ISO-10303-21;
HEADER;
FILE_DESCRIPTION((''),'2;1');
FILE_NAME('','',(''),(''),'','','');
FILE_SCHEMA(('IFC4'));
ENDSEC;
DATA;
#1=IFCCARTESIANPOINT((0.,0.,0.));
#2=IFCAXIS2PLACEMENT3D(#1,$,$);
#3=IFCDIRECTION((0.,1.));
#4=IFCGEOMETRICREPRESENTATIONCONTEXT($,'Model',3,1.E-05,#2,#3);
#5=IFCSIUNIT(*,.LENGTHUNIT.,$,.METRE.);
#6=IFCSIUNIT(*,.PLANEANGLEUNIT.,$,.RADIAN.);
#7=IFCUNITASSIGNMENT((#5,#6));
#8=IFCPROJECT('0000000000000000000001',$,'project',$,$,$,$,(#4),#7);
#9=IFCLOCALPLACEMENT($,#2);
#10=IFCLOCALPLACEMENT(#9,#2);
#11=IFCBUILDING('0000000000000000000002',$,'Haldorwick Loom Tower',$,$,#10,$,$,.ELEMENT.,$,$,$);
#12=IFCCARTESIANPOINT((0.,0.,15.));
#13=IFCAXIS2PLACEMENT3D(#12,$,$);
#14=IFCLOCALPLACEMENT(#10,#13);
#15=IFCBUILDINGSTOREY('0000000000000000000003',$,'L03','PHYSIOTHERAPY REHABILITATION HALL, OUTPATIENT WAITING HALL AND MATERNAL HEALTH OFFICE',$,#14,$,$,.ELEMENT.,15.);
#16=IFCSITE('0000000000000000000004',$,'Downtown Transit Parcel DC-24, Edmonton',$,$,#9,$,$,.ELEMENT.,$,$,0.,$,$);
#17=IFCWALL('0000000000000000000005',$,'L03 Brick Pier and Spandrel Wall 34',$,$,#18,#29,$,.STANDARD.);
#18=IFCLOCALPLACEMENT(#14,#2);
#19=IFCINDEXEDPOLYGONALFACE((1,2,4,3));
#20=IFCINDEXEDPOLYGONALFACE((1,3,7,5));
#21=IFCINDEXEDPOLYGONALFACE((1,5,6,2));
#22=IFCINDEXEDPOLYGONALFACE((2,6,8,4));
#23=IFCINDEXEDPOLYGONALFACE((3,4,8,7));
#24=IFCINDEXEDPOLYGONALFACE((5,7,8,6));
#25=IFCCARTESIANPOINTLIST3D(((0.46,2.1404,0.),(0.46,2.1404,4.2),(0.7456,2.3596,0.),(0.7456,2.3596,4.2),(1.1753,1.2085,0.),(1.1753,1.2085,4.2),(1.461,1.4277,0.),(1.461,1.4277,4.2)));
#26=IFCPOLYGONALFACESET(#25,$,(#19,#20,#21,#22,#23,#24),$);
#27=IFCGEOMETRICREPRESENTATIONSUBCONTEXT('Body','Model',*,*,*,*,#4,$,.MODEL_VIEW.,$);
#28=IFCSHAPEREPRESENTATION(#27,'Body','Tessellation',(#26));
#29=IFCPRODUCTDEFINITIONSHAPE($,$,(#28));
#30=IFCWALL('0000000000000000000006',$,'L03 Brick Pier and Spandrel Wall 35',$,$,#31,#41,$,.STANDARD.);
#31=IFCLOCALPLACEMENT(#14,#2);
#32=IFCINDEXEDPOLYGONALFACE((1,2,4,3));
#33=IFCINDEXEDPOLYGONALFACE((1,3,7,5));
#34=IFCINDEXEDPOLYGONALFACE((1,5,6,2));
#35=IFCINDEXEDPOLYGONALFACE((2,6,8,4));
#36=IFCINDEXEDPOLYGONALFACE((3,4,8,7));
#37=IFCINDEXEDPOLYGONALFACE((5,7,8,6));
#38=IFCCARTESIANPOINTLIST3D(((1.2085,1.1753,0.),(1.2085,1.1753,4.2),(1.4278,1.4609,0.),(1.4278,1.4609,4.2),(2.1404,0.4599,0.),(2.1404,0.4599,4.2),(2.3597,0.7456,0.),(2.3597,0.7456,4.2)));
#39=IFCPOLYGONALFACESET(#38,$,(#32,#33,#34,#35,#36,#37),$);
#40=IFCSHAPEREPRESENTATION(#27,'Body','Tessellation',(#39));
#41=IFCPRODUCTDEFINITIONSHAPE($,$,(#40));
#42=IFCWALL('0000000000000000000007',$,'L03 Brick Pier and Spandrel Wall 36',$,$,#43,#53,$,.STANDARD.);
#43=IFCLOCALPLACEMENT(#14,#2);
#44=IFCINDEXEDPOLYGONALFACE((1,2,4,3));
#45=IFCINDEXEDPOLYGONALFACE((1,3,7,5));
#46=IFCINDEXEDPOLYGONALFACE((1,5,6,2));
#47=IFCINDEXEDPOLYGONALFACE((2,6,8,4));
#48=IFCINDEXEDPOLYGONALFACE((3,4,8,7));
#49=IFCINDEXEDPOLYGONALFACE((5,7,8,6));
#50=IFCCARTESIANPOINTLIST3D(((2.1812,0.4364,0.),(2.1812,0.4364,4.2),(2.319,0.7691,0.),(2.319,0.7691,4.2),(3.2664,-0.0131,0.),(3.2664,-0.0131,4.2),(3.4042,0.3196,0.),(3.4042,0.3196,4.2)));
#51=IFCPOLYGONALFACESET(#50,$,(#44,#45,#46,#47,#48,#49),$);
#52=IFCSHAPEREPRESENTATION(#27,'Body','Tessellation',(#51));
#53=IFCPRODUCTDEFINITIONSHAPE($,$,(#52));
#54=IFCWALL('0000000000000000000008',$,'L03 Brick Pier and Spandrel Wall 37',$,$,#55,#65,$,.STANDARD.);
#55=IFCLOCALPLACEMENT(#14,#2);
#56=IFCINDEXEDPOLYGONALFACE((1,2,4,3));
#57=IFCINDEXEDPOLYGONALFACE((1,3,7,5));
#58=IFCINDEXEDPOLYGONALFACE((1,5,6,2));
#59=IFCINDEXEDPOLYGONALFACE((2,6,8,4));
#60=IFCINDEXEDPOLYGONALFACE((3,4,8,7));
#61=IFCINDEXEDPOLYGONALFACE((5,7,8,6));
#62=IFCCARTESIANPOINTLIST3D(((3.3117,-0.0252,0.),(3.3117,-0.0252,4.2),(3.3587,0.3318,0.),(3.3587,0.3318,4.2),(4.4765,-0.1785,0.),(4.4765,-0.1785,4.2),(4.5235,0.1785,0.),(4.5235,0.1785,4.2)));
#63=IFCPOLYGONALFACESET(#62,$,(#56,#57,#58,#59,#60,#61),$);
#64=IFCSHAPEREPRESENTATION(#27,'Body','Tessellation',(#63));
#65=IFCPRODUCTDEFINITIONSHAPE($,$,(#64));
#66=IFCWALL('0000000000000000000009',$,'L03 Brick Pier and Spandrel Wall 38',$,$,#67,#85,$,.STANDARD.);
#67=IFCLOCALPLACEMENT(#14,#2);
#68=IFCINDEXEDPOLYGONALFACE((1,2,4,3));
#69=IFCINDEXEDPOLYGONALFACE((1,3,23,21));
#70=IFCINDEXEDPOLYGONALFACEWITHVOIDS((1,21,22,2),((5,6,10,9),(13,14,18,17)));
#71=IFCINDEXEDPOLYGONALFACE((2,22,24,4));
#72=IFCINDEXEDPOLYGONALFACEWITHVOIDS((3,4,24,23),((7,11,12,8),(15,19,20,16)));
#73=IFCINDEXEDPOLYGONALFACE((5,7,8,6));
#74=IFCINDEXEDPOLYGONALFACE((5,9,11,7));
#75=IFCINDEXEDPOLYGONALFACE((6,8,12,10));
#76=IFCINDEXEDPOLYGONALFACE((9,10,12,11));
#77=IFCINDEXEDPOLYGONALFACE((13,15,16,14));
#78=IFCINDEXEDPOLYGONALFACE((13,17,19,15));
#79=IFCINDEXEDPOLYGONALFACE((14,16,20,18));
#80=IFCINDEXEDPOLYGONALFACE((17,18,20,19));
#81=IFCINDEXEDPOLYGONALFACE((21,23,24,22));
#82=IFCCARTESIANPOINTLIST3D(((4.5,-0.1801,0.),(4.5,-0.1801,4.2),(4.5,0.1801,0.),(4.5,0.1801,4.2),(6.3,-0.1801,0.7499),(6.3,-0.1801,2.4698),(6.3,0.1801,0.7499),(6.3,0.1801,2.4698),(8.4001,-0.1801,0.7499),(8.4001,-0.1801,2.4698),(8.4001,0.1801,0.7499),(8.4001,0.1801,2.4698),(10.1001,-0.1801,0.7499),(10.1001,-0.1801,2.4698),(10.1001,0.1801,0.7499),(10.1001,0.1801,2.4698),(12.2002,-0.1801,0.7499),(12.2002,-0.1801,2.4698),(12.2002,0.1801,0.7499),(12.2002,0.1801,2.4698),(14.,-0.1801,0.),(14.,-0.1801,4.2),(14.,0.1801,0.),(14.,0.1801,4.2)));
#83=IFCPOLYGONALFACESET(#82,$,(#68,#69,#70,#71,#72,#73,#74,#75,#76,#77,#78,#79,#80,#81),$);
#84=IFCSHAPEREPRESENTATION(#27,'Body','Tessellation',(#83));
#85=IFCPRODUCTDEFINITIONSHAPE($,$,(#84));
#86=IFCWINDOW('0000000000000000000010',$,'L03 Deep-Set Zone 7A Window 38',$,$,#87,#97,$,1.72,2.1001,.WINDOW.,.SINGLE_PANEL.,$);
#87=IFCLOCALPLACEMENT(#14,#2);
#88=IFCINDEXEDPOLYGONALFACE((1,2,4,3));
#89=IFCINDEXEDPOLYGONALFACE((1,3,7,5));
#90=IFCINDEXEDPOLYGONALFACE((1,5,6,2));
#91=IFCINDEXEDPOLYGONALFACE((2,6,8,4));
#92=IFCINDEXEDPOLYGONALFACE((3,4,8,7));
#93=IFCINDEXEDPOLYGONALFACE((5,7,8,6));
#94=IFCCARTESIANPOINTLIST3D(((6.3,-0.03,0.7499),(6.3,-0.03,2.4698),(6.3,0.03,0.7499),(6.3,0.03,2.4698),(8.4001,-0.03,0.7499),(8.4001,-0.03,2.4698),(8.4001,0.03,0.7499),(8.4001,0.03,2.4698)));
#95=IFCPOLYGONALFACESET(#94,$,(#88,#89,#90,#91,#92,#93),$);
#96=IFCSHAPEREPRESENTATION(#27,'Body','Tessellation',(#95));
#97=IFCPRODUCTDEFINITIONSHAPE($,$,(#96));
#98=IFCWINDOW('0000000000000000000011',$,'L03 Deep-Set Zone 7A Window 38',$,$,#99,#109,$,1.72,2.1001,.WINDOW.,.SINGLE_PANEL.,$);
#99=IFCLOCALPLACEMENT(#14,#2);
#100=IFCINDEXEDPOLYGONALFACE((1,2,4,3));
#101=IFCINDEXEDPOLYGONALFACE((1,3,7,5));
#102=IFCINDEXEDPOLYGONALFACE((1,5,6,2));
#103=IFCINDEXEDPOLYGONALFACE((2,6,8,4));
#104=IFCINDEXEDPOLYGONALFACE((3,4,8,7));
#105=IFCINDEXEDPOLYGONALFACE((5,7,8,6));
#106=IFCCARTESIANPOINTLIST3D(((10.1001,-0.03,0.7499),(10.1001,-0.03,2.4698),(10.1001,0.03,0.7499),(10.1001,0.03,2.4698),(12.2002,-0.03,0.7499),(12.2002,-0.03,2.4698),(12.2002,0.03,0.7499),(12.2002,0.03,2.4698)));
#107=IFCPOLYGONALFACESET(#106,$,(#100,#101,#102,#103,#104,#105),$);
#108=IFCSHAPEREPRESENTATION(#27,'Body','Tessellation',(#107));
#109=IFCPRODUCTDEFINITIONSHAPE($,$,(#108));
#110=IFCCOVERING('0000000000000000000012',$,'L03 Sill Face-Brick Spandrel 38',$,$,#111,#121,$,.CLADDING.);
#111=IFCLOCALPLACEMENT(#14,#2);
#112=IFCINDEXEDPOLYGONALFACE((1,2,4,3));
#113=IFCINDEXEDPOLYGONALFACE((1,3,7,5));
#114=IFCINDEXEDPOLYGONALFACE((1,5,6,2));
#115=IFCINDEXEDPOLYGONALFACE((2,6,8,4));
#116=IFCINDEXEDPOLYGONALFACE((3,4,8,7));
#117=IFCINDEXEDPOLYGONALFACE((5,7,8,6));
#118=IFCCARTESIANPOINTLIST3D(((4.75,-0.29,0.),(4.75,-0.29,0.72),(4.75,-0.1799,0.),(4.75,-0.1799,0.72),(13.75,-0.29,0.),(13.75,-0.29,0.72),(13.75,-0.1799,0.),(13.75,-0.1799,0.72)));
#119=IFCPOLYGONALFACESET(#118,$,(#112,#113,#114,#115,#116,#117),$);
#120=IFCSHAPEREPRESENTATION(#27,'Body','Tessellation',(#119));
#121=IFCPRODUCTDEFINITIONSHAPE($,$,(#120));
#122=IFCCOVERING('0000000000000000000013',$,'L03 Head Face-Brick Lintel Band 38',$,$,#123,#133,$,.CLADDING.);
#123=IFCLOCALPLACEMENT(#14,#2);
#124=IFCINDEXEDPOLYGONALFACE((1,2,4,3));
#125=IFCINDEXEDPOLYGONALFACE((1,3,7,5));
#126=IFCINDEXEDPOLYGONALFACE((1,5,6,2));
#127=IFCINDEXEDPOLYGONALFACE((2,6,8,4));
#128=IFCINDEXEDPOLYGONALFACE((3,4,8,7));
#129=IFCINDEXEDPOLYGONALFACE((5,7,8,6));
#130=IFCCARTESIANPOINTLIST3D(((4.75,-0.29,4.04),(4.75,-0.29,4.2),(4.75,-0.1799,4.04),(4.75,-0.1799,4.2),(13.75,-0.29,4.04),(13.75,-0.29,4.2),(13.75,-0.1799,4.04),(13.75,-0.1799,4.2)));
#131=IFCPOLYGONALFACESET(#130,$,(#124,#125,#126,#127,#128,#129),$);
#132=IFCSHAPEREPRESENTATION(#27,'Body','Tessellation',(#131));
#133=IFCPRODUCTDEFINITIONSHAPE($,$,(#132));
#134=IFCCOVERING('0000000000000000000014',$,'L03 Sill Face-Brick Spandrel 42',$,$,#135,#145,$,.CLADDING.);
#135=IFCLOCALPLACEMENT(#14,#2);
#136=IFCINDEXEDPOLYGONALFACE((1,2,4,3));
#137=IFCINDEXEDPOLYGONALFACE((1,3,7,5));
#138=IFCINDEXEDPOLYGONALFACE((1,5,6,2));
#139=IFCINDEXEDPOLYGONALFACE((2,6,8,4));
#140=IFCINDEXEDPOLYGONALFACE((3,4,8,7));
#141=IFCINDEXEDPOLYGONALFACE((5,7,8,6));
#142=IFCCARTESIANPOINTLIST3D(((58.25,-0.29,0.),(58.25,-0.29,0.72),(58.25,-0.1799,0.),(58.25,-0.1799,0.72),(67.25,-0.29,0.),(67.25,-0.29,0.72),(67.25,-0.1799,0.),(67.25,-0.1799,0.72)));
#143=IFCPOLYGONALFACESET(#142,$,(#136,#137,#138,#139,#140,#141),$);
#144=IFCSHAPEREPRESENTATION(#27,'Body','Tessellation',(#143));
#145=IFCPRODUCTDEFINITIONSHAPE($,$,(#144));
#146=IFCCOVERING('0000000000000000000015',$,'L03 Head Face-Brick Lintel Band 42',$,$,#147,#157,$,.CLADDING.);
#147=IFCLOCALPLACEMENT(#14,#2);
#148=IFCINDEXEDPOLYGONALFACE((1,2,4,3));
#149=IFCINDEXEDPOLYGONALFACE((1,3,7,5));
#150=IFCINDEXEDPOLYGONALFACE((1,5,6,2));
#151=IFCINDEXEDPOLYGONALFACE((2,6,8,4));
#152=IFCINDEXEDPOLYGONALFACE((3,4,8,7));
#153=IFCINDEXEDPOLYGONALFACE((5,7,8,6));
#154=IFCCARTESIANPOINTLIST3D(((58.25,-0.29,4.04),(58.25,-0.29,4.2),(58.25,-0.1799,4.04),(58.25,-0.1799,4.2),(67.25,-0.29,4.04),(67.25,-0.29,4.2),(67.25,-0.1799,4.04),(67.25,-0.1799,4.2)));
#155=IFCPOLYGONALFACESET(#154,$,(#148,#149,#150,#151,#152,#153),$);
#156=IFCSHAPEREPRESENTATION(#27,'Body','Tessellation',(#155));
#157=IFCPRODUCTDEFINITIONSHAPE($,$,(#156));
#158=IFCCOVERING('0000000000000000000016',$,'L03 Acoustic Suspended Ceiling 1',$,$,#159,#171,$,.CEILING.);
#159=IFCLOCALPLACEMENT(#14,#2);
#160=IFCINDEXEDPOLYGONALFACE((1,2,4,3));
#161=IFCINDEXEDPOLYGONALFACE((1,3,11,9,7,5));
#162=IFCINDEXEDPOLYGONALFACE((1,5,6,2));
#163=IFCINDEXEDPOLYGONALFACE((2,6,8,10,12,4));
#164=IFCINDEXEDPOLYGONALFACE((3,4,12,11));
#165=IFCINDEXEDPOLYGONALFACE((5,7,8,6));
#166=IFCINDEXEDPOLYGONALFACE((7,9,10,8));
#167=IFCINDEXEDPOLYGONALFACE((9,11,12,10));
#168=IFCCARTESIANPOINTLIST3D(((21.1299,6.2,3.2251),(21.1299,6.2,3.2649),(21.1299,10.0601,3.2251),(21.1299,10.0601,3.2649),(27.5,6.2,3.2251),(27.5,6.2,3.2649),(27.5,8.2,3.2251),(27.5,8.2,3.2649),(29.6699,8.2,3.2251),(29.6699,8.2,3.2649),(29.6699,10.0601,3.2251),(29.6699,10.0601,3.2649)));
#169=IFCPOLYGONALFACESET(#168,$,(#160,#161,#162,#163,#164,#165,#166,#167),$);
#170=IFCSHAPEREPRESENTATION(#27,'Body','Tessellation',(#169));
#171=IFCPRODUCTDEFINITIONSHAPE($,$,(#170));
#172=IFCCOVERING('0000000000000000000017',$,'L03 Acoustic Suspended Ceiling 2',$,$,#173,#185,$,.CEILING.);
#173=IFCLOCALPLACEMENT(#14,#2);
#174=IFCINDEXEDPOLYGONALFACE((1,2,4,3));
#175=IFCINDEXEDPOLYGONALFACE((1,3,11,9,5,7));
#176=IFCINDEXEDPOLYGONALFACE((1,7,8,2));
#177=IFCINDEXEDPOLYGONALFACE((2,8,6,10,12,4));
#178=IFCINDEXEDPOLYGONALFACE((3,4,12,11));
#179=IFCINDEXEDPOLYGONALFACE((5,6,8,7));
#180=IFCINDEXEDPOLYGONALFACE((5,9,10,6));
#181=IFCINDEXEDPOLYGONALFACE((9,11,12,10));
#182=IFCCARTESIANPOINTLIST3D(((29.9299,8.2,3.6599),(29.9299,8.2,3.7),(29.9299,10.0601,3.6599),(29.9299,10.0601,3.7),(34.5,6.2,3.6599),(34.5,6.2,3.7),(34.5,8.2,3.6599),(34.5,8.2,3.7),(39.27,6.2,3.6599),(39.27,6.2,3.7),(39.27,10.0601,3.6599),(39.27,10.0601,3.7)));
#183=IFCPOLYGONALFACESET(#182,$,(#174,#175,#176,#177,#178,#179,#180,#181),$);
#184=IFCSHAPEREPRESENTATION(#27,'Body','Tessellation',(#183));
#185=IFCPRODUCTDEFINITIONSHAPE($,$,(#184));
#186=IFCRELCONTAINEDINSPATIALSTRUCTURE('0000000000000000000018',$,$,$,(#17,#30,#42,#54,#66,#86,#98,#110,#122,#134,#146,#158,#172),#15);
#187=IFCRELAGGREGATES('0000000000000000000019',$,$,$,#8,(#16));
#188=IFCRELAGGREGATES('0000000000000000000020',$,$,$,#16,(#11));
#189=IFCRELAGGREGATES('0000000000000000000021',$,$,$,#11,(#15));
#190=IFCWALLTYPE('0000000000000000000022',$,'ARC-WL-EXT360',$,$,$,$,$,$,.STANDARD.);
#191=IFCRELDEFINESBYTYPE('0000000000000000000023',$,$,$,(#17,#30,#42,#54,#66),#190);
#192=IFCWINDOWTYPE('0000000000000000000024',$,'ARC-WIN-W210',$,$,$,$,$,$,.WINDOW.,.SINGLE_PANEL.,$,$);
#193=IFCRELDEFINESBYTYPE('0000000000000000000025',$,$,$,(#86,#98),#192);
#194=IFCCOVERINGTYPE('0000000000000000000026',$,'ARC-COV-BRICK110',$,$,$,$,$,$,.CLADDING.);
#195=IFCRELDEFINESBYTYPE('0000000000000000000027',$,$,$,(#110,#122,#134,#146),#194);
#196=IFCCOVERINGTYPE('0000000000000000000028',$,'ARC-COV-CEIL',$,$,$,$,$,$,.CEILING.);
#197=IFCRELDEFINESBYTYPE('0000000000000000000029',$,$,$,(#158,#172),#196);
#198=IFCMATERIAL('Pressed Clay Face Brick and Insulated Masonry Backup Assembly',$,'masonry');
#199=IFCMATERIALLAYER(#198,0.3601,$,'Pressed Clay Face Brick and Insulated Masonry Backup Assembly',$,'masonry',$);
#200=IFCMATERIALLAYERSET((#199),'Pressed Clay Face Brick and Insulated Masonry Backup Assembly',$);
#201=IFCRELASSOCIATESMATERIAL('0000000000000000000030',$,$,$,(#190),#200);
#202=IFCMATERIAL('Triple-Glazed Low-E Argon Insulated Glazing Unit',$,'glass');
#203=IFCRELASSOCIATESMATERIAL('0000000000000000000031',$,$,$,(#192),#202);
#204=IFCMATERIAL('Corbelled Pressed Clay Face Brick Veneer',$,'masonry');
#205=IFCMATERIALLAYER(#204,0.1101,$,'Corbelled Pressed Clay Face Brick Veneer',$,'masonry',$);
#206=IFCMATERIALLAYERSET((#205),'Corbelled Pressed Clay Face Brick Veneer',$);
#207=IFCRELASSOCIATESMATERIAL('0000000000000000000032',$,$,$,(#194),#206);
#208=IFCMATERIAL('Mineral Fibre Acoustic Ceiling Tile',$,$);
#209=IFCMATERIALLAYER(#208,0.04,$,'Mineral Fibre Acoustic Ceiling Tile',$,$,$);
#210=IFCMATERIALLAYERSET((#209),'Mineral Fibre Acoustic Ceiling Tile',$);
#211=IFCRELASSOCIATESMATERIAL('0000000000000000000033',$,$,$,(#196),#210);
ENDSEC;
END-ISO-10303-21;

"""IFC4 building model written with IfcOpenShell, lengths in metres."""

from ifc_helpers import new_model, si_unit, direction, frame, frame_2d, origin, place, context, subcontext, project, spatial, polyline, rectangle, outline, extrude, material, layer, layer_set, type_object, element, fill, save


model = new_model("IFC4")

# Units and contexts
model_context = context("Model", 3, precision=1e-05, world=origin(), true_north=direction((0.0, 1.0)))
body_context = subcontext(model_context, "Body", "Model", "MODEL_VIEW")
ifc_project = project(units=[si_unit("LENGTHUNIT", "METRE"), si_unit("PLANEANGLEUNIT", "RADIAN")], contexts=[model_context])

# Site, building, storey
site_placement = place(None, origin())
site = spatial("IfcSite", under=ifc_project, at=site_placement, Name="Downtown Transit Parcel DC-24, Edmonton", CompositionType="ELEMENT", RefElevation=0.0)
building_placement = place(site_placement, origin())
building = spatial("IfcBuilding", under=site, at=building_placement, Name="Haldorwick Loom Tower", CompositionType="ELEMENT")
storey_placement = place(building_placement, frame((0.0, 0.0, 15.0)))
storey = spatial("IfcBuildingStorey", under=building, at=storey_placement, Name="L03", Description="PHYSIOTHERAPY REHABILITATION HALL, OUTPATIENT WAITING HALL AND MATERNAL HEALTH OFFICE", CompositionType="ELEMENT", Elevation=15.0)

# Shared definitions
ifc_material_1 = material(Name="Pressed Clay Face Brick and Insulated Masonry Backup Assembly", Category="masonry")
ifc_layer_1 = layer(ifc_material_1, 0.3601, Name="Pressed Clay Face Brick and Insulated Masonry Backup Assembly", Category="masonry")
ifc_layer_set_1 = layer_set([ifc_layer_1], Name="Pressed Clay Face Brick and Insulated Masonry Backup Assembly")
wall_type = type_object("IfcWallType", Name="ARC-WL-EXT360", PredefinedType="STANDARD", material=ifc_layer_set_1)
ifc_material_2 = material(Name="Triple-Glazed Low-E Argon Insulated Glazing Unit", Category="glass")
window_type = type_object("IfcWindowType", Name="ARC-WIN-W210", PartitioningType="SINGLE_PANEL", PredefinedType="WINDOW", material=ifc_material_2)

# Walls
for number, where, z_axis, x_axis, name in (
    (1, (0.6028, 2.25, 0.0), (0.0, 0.0, 1.0), (0.608907, -0.793242, 0.0), "L03 Brick Pier and Spandrel Wall 34"),
    (2, (1.3181, 1.3181, 0.0), (0.0, 0.0, 1.0), (0.793242, -0.608907, 0.0), "L03 Brick Pier and Spandrel Wall 35"),
):
    element("IfcWall", number, at=place(storey_placement, frame(where, z_axis=z_axis, x_axis=x_axis)), inside=storey, type_object=wall_type, Name=name, PredefinedType="STANDARD", context=body_context, shape_type="SweptSolid", body=[
        extrude(rectangle(XDim=1.1748, YDim=0.3601, at=frame_2d((0.5874, 0.0))), origin(), (0.0, 0.0, 1.0), 4.2),
    ])
wall_1_placement = place(storey_placement, frame((2.25, 0.6028, 0.0), z_axis=(0.0, 0.0, 1.0), x_axis=(0.923893, -0.382652, 0.0)))
element("IfcWall", 3, at=wall_1_placement, inside=storey, type_object=wall_type, Name="L03 Brick Pier and Spandrel Wall 36", PredefinedType="STANDARD", context=body_context, shape_type="SweptSolid", body=[
    extrude(rectangle(XDim=1.1746, YDim=0.3601, at=frame_2d((0.5874, 0.0))), origin(), (0.0, 0.0, 1.0), 4.2),
])
wall_2_placement = place(storey_placement, frame((3.3352, 0.1533, 0.0), z_axis=(0.0, 0.0, 1.0), x_axis=(0.991448, -0.130503, 0.0)))
element("IfcWall", 4, at=wall_2_placement, inside=storey, type_object=wall_type, Name="L03 Brick Pier and Spandrel Wall 37", PredefinedType="STANDARD", context=body_context, shape_type="SweptSolid", body=[
    extrude(rectangle(XDim=1.1748, YDim=0.3601, at=frame_2d((0.5874, 0.0))), origin(), (0.0, 0.0, 1.0), 4.2),
])

# Wall, openings, windows
wall_3_placement = place(storey_placement, frame((4.5, 0.0, 0.0), z_axis=(0.0, 0.0, 1.0), x_axis=(1.0, 0.0, 0.0)))
wall_3 = element("IfcWall", 5, at=wall_3_placement, inside=storey, type_object=wall_type, Name="L03 Brick Pier and Spandrel Wall 38", PredefinedType="STANDARD", context=body_context, shape_type="SweptSolid", body=[
    extrude(rectangle(XDim=9.5, YDim=0.3601, at=frame_2d((4.75, 0.0))), origin(), (0.0, 0.0, 1.0), 4.2),
])
opening_1_placement = place(wall_3_placement, frame((1.8, 0.0, 0.75)))
opening_1 = element("IfcOpeningElement", 6, at=opening_1_placement, cuts=wall_3, PredefinedType="OPENING", context=body_context, shape_type="SweptSolid", body=[
    extrude(rectangle(XDim=2.1001, YDim=1.72, at=frame_2d((1.05, 0.8599))), frame((0.0, 0.1899, 0.0), z_axis=(0.0, -1.0, 0.0), x_axis=(1.0, 0.0, 0.0)), (0.0, 0.0, 1.0), 0.3801),
])
opening_2_placement = place(wall_3_placement, frame((5.6001, 0.0, 0.75)))
opening_2 = element("IfcOpeningElement", 7, at=opening_2_placement, cuts=wall_3, PredefinedType="OPENING", context=body_context, shape_type="SweptSolid", body=[
    extrude(rectangle(XDim=2.1001, YDim=1.72, at=frame_2d((1.05, 0.8599))), frame((0.0, 0.1899, 0.0), z_axis=(0.0, -1.0, 0.0), x_axis=(1.0, 0.0, 0.0)), (0.0, 0.0, 1.0), 0.3801),
])
window_1_placement = place(opening_1_placement, origin())
window_1 = element("IfcWindow", 8, at=window_1_placement, inside=storey, type_object=window_type, Name="L03 Deep-Set Zone 7A Window 38", OverallHeight=1.72, OverallWidth=2.1001, PartitioningType="SINGLE_PANEL", PredefinedType="WINDOW", context=body_context, shape_type="SweptSolid", body=[
    extrude(rectangle(XDim=2.1001, YDim=1.72, at=frame_2d((1.05, 0.8599))), frame((0.0, 0.03, 0.0), z_axis=(0.0, -1.0, 0.0), x_axis=(1.0, 0.0, 0.0)), (0.0, 0.0, 1.0), 0.0601),
])
fill(opening_1, window_1)
window_2_placement = place(opening_2_placement, origin())
window_2 = element("IfcWindow", 9, at=window_2_placement, inside=storey, type_object=window_type, Name="L03 Deep-Set Zone 7A Window 38", OverallHeight=1.72, OverallWidth=2.1001, PartitioningType="SINGLE_PANEL", PredefinedType="WINDOW", context=body_context, shape_type="SweptSolid", body=[
    extrude(rectangle(XDim=2.1001, YDim=1.72, at=frame_2d((1.05, 0.8599))), frame((0.0, 0.03, 0.0), z_axis=(0.0, -1.0, 0.0), x_axis=(1.0, 0.0, 0.0)), (0.0, 0.0, 1.0), 0.0601),
])
fill(opening_2, window_2)

# Coverings
ifc_material_3 = material(Name="Corbelled Pressed Clay Face Brick Veneer", Category="masonry")
ifc_layer_2 = layer(ifc_material_3, 0.1101, Name="Corbelled Pressed Clay Face Brick Veneer", Category="masonry")
ifc_layer_set_2 = layer_set([ifc_layer_2], Name="Corbelled Pressed Clay Face Brick Veneer")
covering_type_1 = type_object("IfcCoveringType", Name="ARC-COV-BRICK110", PredefinedType="CLADDING", material=ifc_layer_set_2)
covering_1_placement = place(storey_placement, origin())
element("IfcCovering", 10, at=covering_1_placement, inside=storey, type_object=covering_type_1, Name="L03 Sill Face-Brick Spandrel 38", PredefinedType="CLADDING", context=body_context, shape_type="SweptSolid", body=[
    extrude(outline(polyline([(4.75, -0.29), (13.75, -0.29), (13.75, -0.1799), (4.75, -0.1799), (4.75, -0.29)])), origin(), (0.0, 0.0, 1.0), 0.72),
])
covering_2_placement = place(storey_placement, frame((0.0, 0.0, 4.04)))
element("IfcCovering", 11, at=covering_2_placement, inside=storey, type_object=covering_type_1, Name="L03 Head Face-Brick Lintel Band 38", PredefinedType="CLADDING", context=body_context, shape_type="SweptSolid", body=[
    extrude(outline(polyline([(4.75, -0.29), (13.75, -0.29), (13.75, -0.1799), (4.75, -0.1799), (4.75, -0.29)])), origin(), (0.0, 0.0, 1.0), 0.1599),
])
covering_3_placement = place(storey_placement, origin())
element("IfcCovering", 12, at=covering_3_placement, inside=storey, type_object=covering_type_1, Name="L03 Sill Face-Brick Spandrel 42", PredefinedType="CLADDING", context=body_context, shape_type="SweptSolid", body=[
    extrude(outline(polyline([(58.25, -0.29), (67.25, -0.29), (67.25, -0.1799), (58.25, -0.1799), (58.25, -0.29)])), origin(), (0.0, 0.0, 1.0), 0.72),
])
covering_4_placement = place(storey_placement, frame((0.0, 0.0, 4.04)))
element("IfcCovering", 13, at=covering_4_placement, inside=storey, type_object=covering_type_1, Name="L03 Head Face-Brick Lintel Band 42", PredefinedType="CLADDING", context=body_context, shape_type="SweptSolid", body=[
    extrude(outline(polyline([(58.25, -0.29), (67.25, -0.29), (67.25, -0.1799), (58.25, -0.1799), (58.25, -0.29)])), origin(), (0.0, 0.0, 1.0), 0.1599),
])
ifc_material_4 = material(Name="Mineral Fibre Acoustic Ceiling Tile")
ifc_layer_3 = layer(ifc_material_4, 0.04, Name="Mineral Fibre Acoustic Ceiling Tile")
ifc_layer_set_3 = layer_set([ifc_layer_3], Name="Mineral Fibre Acoustic Ceiling Tile")
covering_type_2 = type_object("IfcCoveringType", Name="ARC-COV-CEIL", PredefinedType="CEILING", material=ifc_layer_set_3)
covering_5_placement = place(storey_placement, frame((0.0, 0.0, 3.2251)))
element("IfcCovering", 14, at=covering_5_placement, inside=storey, type_object=covering_type_2, Name="L03 Acoustic Suspended Ceiling 1", PredefinedType="CEILING", context=body_context, shape_type="SweptSolid", body=[
    extrude(outline(polyline([(21.1299, 6.2), (27.5, 6.2), (27.5, 8.2), (29.6699, 8.2), (29.6699, 10.0601), (21.1299, 10.0601), (21.1299, 6.2)])), origin(), (0.0, 0.0, 1.0), 0.0398),
])
covering_6_placement = place(storey_placement, frame((0.0, 0.0, 3.6599)))
element("IfcCovering", 15, at=covering_6_placement, inside=storey, type_object=covering_type_2, Name="L03 Acoustic Suspended Ceiling 2", PredefinedType="CEILING", context=body_context, shape_type="SweptSolid", body=[
    extrude(outline(polyline([(34.5, 6.2), (39.27, 6.2), (39.27, 10.0601), (29.9299, 10.0601), (29.9299, 8.2), (34.5, 8.2), (34.5, 6.2)])), origin(), (0.0, 0.0, 1.0), 0.04),
])

save(model, "model.ifc")
